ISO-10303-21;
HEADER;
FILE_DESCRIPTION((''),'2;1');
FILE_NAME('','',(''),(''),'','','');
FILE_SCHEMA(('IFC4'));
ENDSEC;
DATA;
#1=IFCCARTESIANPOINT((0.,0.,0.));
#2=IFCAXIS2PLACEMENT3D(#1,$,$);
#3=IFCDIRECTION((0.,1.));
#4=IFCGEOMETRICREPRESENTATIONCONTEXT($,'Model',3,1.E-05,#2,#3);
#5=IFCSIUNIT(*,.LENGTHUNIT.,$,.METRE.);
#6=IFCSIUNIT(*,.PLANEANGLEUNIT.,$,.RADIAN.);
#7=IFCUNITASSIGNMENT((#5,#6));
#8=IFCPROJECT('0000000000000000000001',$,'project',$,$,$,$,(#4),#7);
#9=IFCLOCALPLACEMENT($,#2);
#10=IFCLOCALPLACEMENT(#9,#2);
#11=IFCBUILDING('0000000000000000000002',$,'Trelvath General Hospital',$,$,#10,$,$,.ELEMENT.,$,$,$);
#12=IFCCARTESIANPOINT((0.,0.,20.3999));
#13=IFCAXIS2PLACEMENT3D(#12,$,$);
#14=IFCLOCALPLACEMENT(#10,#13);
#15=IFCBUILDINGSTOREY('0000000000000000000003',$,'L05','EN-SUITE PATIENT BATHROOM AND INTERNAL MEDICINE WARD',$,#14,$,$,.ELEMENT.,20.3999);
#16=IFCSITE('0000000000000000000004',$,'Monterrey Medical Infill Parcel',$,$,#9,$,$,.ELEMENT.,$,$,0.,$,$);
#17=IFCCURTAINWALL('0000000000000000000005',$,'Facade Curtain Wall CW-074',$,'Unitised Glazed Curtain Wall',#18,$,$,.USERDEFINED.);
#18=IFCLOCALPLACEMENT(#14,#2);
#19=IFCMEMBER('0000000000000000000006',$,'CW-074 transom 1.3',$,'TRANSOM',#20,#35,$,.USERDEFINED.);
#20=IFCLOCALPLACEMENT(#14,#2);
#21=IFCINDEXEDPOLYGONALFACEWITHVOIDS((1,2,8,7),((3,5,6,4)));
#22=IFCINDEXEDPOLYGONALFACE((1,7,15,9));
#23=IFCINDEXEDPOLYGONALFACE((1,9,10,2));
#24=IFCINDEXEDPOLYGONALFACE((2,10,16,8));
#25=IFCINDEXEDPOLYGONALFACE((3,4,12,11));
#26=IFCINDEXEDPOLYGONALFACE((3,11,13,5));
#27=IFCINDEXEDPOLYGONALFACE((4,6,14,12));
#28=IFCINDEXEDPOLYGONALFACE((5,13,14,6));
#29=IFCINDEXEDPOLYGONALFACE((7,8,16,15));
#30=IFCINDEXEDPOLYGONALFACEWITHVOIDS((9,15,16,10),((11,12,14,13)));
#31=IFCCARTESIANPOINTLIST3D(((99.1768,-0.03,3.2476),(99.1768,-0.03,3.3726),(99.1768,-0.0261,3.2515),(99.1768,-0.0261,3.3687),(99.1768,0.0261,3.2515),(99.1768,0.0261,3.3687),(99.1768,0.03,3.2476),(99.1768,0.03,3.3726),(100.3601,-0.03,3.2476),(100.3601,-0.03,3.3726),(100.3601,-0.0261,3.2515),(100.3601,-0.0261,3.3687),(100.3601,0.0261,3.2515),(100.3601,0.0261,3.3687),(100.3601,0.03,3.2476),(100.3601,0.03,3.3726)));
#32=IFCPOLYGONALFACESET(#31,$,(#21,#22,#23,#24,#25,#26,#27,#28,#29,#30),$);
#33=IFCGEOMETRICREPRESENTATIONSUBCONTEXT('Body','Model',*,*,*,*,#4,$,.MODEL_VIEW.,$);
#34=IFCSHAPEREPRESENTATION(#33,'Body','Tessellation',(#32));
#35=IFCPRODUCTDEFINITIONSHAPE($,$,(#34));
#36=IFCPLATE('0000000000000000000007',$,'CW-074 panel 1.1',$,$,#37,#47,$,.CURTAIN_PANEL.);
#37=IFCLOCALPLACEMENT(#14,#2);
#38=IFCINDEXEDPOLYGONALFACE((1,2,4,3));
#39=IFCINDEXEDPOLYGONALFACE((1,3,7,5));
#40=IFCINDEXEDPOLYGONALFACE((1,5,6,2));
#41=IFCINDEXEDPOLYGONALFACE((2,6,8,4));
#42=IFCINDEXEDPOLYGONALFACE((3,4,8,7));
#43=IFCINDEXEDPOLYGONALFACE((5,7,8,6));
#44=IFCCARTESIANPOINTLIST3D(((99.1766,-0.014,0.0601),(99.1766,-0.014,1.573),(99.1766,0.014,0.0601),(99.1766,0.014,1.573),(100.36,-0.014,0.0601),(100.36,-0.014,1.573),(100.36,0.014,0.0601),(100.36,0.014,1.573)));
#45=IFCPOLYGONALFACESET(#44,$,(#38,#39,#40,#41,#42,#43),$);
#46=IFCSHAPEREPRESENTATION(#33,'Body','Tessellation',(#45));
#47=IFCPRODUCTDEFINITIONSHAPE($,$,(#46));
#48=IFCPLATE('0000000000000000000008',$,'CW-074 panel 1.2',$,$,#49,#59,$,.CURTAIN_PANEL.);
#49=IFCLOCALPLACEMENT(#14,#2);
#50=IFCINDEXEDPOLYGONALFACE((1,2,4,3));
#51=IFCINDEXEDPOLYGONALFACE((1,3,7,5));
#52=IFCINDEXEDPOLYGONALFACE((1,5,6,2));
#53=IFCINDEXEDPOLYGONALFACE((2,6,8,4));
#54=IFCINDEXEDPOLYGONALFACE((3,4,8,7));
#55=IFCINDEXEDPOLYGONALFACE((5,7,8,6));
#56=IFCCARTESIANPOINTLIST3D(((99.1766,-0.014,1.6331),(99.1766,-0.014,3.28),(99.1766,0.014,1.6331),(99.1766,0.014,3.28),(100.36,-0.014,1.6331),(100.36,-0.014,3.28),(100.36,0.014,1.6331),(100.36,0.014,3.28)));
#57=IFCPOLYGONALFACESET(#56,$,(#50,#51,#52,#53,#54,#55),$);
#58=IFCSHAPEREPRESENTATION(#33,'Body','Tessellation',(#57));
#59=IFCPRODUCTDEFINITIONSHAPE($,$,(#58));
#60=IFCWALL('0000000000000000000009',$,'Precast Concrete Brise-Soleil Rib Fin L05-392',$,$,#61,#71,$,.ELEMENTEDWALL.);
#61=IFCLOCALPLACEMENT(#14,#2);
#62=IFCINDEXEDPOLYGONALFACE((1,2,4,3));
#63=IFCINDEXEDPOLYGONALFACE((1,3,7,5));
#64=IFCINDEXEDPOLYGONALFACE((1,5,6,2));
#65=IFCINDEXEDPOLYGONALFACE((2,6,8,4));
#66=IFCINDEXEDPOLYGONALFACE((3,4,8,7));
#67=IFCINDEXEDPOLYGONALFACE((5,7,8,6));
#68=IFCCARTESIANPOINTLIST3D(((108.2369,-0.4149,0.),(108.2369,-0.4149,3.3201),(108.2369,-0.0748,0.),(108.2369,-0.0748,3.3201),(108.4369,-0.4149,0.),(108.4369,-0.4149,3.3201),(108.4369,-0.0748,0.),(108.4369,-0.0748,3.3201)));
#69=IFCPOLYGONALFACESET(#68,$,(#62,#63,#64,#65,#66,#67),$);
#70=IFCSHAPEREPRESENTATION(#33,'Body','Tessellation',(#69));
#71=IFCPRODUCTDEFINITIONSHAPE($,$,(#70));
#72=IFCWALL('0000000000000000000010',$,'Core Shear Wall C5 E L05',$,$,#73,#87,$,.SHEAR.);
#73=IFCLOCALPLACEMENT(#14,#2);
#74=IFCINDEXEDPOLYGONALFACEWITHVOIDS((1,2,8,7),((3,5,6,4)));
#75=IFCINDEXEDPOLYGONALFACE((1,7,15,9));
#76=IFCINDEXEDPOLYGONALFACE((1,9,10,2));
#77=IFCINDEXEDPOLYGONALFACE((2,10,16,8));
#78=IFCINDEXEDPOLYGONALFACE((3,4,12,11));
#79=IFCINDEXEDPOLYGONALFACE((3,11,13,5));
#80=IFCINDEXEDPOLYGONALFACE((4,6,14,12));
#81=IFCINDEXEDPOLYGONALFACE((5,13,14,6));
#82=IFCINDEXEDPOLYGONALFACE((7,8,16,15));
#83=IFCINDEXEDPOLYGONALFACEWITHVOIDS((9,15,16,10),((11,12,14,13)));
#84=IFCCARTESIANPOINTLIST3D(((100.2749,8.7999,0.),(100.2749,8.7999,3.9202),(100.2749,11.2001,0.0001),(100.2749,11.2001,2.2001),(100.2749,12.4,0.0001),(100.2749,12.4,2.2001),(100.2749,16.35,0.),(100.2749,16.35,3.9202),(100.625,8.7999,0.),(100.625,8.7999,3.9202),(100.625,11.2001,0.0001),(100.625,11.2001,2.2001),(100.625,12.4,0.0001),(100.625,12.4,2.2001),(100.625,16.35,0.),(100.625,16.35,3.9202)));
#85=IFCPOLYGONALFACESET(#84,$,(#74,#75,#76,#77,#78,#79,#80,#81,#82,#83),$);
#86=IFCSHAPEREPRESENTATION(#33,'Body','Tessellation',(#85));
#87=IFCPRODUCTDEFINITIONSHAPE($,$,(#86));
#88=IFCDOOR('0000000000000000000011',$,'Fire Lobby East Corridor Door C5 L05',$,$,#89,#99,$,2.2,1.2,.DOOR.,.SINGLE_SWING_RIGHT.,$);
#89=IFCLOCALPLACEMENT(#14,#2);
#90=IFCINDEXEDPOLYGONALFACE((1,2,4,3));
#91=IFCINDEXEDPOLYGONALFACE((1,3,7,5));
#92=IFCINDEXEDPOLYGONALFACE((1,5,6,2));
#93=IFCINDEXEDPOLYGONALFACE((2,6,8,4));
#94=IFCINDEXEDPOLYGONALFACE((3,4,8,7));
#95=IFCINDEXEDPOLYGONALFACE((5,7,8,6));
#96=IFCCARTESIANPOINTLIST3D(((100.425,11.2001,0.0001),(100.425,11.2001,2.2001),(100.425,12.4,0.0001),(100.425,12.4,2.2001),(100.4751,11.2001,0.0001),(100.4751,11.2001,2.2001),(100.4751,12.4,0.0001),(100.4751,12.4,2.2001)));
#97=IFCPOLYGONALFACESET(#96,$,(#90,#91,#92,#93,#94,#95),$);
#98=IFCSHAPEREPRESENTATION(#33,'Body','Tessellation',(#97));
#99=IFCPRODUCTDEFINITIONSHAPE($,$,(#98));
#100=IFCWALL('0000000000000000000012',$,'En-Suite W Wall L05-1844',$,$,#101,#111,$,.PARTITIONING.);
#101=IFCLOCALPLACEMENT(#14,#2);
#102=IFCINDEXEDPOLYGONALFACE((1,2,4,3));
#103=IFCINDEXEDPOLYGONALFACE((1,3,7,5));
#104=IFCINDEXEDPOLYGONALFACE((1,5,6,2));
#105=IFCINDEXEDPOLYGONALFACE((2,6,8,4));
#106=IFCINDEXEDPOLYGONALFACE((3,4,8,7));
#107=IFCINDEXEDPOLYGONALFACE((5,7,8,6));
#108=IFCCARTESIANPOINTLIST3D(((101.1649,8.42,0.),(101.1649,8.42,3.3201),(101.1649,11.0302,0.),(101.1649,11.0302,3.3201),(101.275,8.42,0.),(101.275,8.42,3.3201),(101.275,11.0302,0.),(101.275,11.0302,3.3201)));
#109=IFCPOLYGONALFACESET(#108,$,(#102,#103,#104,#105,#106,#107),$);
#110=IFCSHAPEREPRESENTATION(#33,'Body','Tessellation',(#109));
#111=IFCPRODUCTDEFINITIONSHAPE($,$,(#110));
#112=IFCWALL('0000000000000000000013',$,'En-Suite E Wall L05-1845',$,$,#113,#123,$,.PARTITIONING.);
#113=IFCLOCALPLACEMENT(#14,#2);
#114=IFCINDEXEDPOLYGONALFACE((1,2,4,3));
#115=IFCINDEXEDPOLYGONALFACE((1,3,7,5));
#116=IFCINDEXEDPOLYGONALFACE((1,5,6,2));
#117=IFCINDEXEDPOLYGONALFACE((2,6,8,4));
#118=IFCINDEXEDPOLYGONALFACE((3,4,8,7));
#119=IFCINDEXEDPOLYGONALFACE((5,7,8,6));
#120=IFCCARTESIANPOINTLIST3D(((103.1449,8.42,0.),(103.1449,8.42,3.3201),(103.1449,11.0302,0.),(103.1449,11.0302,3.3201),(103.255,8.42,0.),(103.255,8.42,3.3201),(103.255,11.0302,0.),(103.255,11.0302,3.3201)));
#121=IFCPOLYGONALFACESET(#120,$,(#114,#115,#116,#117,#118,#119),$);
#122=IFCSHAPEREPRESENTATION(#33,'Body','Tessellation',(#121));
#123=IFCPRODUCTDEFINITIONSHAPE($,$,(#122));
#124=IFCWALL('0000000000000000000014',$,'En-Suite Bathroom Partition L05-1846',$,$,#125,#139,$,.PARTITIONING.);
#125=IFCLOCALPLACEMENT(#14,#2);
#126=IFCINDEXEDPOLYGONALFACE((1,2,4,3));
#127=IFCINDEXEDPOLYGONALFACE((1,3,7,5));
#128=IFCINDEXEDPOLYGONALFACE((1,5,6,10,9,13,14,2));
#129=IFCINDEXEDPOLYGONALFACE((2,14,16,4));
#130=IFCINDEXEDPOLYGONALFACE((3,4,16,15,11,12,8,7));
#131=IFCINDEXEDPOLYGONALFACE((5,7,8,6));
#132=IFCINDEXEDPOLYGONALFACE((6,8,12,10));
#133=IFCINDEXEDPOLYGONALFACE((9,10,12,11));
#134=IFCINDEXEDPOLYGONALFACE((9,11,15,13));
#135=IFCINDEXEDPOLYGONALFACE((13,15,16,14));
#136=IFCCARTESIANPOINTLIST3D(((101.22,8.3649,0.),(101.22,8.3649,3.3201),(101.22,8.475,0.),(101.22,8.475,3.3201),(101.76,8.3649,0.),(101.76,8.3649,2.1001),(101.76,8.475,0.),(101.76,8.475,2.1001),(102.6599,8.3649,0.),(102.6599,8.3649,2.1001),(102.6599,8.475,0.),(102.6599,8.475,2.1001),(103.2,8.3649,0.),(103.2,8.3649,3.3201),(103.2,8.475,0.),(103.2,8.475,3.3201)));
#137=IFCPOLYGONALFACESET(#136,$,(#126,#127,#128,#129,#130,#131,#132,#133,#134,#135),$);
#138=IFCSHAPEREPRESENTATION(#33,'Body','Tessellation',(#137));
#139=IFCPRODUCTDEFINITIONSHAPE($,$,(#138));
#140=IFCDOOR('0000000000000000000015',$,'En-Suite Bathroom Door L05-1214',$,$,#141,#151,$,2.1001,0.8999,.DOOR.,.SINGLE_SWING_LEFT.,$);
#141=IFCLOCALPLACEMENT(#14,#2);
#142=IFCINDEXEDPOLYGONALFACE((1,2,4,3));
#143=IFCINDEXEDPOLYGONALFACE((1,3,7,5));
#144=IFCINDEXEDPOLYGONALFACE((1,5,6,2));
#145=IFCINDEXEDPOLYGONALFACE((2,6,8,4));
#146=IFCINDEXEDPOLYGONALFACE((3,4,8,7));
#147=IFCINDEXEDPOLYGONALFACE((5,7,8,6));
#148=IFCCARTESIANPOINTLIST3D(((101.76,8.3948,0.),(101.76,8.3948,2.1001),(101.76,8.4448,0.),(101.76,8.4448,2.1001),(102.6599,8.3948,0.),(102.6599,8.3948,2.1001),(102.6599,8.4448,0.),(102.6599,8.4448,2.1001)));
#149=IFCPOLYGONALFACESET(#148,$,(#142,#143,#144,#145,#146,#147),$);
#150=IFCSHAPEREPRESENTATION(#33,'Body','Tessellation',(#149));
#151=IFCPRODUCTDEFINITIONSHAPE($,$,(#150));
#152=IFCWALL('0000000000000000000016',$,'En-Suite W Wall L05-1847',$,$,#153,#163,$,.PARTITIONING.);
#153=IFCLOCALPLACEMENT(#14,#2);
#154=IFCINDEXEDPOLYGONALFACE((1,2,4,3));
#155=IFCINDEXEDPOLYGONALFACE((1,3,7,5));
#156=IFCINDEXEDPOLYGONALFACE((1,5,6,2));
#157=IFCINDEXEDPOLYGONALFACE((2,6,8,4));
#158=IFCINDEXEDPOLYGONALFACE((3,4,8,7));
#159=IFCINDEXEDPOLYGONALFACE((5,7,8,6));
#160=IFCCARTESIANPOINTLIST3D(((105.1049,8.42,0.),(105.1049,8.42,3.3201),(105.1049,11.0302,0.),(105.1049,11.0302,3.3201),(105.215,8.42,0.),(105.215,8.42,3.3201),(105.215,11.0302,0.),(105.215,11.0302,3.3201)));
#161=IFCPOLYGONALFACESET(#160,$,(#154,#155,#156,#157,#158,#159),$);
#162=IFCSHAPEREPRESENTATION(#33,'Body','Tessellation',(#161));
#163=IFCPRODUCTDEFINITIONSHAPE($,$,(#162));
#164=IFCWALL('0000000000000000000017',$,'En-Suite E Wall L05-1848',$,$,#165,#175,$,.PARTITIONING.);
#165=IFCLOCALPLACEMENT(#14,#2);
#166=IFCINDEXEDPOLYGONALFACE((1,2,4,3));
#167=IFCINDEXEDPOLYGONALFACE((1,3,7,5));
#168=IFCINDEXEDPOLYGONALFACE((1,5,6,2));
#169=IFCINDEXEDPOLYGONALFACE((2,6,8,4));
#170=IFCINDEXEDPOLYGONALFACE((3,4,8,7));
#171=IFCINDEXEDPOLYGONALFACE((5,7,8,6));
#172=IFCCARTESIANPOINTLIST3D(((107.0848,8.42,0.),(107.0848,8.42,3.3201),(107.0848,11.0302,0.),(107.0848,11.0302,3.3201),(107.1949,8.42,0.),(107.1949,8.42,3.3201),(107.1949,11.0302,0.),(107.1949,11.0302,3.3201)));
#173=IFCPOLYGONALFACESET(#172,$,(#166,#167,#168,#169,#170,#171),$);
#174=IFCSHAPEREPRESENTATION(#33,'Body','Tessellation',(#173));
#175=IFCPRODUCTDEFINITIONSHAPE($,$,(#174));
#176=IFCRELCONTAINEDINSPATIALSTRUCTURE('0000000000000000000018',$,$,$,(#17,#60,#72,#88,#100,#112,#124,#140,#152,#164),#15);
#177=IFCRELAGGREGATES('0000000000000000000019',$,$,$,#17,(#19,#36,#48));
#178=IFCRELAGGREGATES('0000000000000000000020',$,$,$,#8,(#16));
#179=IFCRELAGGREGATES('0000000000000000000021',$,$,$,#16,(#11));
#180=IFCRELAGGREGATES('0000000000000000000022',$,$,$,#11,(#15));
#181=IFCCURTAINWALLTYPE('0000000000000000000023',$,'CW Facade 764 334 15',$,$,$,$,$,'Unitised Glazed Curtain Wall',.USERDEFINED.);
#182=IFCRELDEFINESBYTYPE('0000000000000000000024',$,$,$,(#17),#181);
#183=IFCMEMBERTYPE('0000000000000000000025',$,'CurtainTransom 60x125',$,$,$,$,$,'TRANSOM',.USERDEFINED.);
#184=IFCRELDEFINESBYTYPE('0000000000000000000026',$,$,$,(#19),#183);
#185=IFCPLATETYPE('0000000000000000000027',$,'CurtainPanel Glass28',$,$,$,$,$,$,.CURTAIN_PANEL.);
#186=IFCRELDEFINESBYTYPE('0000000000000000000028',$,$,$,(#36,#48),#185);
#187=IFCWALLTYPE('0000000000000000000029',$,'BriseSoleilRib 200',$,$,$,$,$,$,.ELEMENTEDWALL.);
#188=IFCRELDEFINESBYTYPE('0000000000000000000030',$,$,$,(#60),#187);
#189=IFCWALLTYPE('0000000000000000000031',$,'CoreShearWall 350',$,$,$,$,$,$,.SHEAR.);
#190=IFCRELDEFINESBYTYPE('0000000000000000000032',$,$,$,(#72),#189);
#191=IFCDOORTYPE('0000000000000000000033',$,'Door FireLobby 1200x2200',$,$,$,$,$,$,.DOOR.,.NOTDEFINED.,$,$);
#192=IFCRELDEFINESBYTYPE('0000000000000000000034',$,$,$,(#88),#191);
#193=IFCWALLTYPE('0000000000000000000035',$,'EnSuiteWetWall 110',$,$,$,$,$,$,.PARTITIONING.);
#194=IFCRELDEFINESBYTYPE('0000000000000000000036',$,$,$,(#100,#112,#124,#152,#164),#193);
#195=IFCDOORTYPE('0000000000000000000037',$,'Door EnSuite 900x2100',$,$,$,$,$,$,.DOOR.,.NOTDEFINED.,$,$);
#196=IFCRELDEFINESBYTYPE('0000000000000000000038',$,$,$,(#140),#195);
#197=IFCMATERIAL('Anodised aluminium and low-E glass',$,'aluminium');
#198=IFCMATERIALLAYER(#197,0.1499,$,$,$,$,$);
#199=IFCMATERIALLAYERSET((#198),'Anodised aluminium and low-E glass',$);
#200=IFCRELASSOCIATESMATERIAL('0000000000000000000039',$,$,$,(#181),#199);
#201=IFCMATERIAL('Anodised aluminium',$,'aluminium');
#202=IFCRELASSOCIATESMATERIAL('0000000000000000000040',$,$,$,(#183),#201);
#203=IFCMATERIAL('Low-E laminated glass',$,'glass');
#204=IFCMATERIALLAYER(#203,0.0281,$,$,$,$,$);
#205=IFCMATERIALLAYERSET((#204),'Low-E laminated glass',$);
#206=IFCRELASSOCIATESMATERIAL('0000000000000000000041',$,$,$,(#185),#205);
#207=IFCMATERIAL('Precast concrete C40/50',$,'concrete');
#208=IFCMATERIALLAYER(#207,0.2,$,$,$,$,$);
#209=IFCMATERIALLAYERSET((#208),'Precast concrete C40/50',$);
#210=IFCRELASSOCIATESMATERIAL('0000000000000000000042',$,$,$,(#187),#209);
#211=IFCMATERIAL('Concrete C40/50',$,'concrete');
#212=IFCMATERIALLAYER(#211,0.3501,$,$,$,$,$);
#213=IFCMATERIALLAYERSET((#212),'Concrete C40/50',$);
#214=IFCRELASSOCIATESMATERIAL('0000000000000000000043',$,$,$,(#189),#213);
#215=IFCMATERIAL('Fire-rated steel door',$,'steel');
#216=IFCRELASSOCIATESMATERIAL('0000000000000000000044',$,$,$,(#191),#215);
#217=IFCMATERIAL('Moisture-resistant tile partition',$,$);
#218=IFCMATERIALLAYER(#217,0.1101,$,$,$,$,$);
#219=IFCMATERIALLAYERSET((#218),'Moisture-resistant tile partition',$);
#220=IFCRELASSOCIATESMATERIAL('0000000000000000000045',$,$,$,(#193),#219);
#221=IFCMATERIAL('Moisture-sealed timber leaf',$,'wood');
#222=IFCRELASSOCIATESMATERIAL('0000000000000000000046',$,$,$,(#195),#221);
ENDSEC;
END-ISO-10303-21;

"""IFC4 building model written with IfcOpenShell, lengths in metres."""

from ifc_helpers import new_model, si_unit, direction, frame, frame_2d, origin, origin_2d, place, context, subcontext, project, spatial, rectangle, hollow_rectangle, extrude, material, layer, layer_set, material_profile, profile_set, type_object, element, fill, aggregate, save


model = new_model("IFC4")

# Units and contexts
model_context = context("Model", 3, precision=1e-05, world=origin(), true_north=direction((0.0, 1.0)))
body_context = subcontext(model_context, "Body", "Model", "MODEL_VIEW")
ifc_project = project(units=[si_unit("LENGTHUNIT", "METRE"), si_unit("PLANEANGLEUNIT", "RADIAN")], contexts=[model_context])

# Site, building, storey
site_placement = place(None, origin())
site = spatial("IfcSite", under=ifc_project, at=site_placement, Name="Monterrey Medical Infill Parcel", CompositionType="ELEMENT", RefElevation=0.0)
building_placement = place(site_placement, origin())
building = spatial("IfcBuilding", under=site, at=building_placement, Name="Trelvath General Hospital", CompositionType="ELEMENT")
storey_placement = place(building_placement, frame((0.0, 0.0, 20.3999)))
storey = spatial("IfcBuildingStorey", under=building, at=storey_placement, Name="L05", Description="EN-SUITE PATIENT BATHROOM AND INTERNAL MEDICINE WARD", CompositionType="ELEMENT", Elevation=20.3999)

# Curtain wall, member, plates
ifc_material_1 = material(Name="Anodised aluminium and low-E glass", Category="aluminium")
ifc_layer_1 = layer(ifc_material_1, 0.1499)
ifc_layer_set_1 = layer_set([ifc_layer_1], Name="Anodised aluminium and low-E glass")
curtain_wall_type = type_object("IfcCurtainWallType", Name="CW Facade 764 334 15", ElementType="Unitised Glazed Curtain Wall", PredefinedType="USERDEFINED", material=ifc_layer_set_1)
curtain_wall_placement = place(storey_placement, origin())
curtain_wall = element("IfcCurtainWall", 1, at=curtain_wall_placement, inside=storey, type_object=curtain_wall_type, Name="Facade Curtain Wall CW-074", ObjectType="Unitised Glazed Curtain Wall", PredefinedType="USERDEFINED")
ifc_material_2 = material(Name="Anodised aluminium", Category="aluminium")
ifc_material_profile_1 = material_profile(ifc_material_2, hollow_rectangle(XDim=0.0601, YDim=0.125, WallThickness=0.0039, at=origin_2d()), Name="RHS60x125x4")
ifc_profile_set_1 = profile_set([ifc_material_profile_1], Name="Anodised aluminium")
member_type_1 = type_object("IfcMemberType", Name="CurtainTransom 60x125", ElementType="TRANSOM", PredefinedType="USERDEFINED", material=ifc_profile_set_1)
member_1_placement = place(storey_placement, frame((100.3601, 0.0, 3.3101), z_axis=(-1.0, 0.0, 0.0), x_axis=(0.0, -1.0, 0.0)))
member_1 = element("IfcMember", 2, at=member_1_placement, type_object=member_type_1, Name="CW-074 transom 1.3", ObjectType="TRANSOM", PredefinedType="USERDEFINED", context=body_context, shape_type="SweptSolid", body=[
    extrude(hollow_rectangle(XDim=0.0601, YDim=0.125, WallThickness=0.0039, at=origin_2d()), origin(), (0.0, 0.0, 1.0), 1.1833),
])
ifc_material_3 = material(Name="Low-E laminated glass", Category="glass")
ifc_layer_2 = layer(ifc_material_3, 0.0281)
ifc_layer_set_2 = layer_set([ifc_layer_2], Name="Low-E laminated glass")
plate_type = type_object("IfcPlateType", Name="CurtainPanel Glass28", PredefinedType="CURTAIN_PANEL", material=ifc_layer_set_2)
plate_1_placement = place(storey_placement, frame((99.7683, 0.0, 0.0601), z_axis=(0.0, 0.0, 1.0), x_axis=(-1.0, 0.0, 0.0)))
plate_1 = element("IfcPlate", 3, at=plate_1_placement, type_object=plate_type, Name="CW-074 panel 1.1", PredefinedType="CURTAIN_PANEL", context=body_context, shape_type="SweptSolid", body=[
    extrude(rectangle(XDim=1.1833, YDim=0.0281, at=origin_2d()), origin(), (0.0, 0.0, 1.0), 1.5129),
])
plate_2_placement = place(storey_placement, frame((99.7683, 0.0, 1.6331), z_axis=(0.0, 0.0, 1.0), x_axis=(-1.0, 0.0, 0.0)))
plate_2 = element("IfcPlate", 4, at=plate_2_placement, type_object=plate_type, Name="CW-074 panel 1.2", PredefinedType="CURTAIN_PANEL", context=body_context, shape_type="SweptSolid", body=[
    extrude(rectangle(XDim=1.1833, YDim=0.0281, at=origin_2d()), origin(), (0.0, 0.0, 1.0), 1.647),
])
aggregate(curtain_wall, [member_1, plate_1, plate_2])

# Wall
ifc_material_4 = material(Name="Precast concrete C40/50", Category="concrete")
ifc_layer_3 = layer(ifc_material_4, 0.2)
ifc_layer_set_3 = layer_set([ifc_layer_3], Name="Precast concrete C40/50")
wall_type_1 = type_object("IfcWallType", Name="BriseSoleilRib 200", PredefinedType="ELEMENTEDWALL", material=ifc_layer_set_3)
wall_1_placement = place(storey_placement, frame((108.3369, -0.075, 0.0), z_axis=(0.0, 0.0, 1.0), x_axis=(0.0, -1.0, 0.0)))
element("IfcWall", 5, at=wall_1_placement, inside=storey, type_object=wall_type_1, Name="Precast Concrete Brise-Soleil Rib Fin L05-392", PredefinedType="ELEMENTEDWALL", context=body_context, shape_type="SweptSolid", body=[
    extrude(rectangle(XDim=0.3401, YDim=0.2, at=frame_2d((0.1699, 0.0))), origin(), (0.0, 0.0, 1.0), 3.3201),
])

# Wall, opening, door
ifc_material_5 = material(Name="Concrete C40/50", Category="concrete")
ifc_layer_4 = layer(ifc_material_5, 0.3501)
ifc_layer_set_4 = layer_set([ifc_layer_4], Name="Concrete C40/50")
wall_type_2 = type_object("IfcWallType", Name="CoreShearWall 350", PredefinedType="SHEAR", material=ifc_layer_set_4)
wall_2_placement = place(storey_placement, frame((100.45, 8.8, 0.0), z_axis=(0.0, 0.0, 1.0), x_axis=(0.0, 1.0, 0.0)))
wall_2 = element("IfcWall", 6, at=wall_2_placement, inside=storey, type_object=wall_type_2, Name="Core Shear Wall C5 E L05", PredefinedType="SHEAR", context=body_context, shape_type="SweptSolid", body=[
    extrude(rectangle(XDim=7.55, YDim=0.3501, at=frame_2d((3.7749, 0.0))), origin(), (0.0, 0.0, 1.0), 3.9202),
])
opening_1_placement = place(wall_2_placement, frame((2.3999, 0.0, 0.0)))
opening_1 = element("IfcOpeningElement", 7, at=opening_1_placement, cuts=wall_2, PredefinedType="OPENING", context=body_context, shape_type="SweptSolid", body=[
    extrude(rectangle(XDim=1.2, YDim=2.2, at=frame_2d((0.6001, 1.1001))), frame((0.0, 0.1851, 0.0), z_axis=(0.0, -1.0, 0.0), x_axis=(1.0, 0.0, 0.0)), (0.0, 0.0, 1.0), 0.3701),
])
ifc_material_6 = material(Name="Fire-rated steel door", Category="steel")
door_type_1 = type_object("IfcDoorType", Name="Door FireLobby 1200x2200", OperationType="NOTDEFINED", PredefinedType="DOOR", material=ifc_material_6)
door_1_placement = place(opening_1_placement, origin())
door_1 = element("IfcDoor", 8, at=door_1_placement, inside=storey, type_object=door_type_1, Name="Fire Lobby East Corridor Door C5 L05", OperationType="SINGLE_SWING_RIGHT", OverallHeight=2.2, OverallWidth=1.2, PredefinedType="DOOR", context=body_context, shape_type="SweptSolid", body=[
    extrude(rectangle(XDim=1.2, YDim=2.2, at=frame_2d((0.6001, 1.1001))), frame((0.0, 0.0249, 0.0), z_axis=(0.0, -1.0, 0.0), x_axis=(1.0, 0.0, 0.0)), (0.0, 0.0, 1.0), 0.05),
])
fill(opening_1, door_1)

# Walls
ifc_material_7 = material(Name="Moisture-resistant tile partition")
ifc_layer_5 = layer(ifc_material_7, 0.1101)
ifc_layer_set_5 = layer_set([ifc_layer_5], Name="Moisture-resistant tile partition")
wall_type_3 = type_object("IfcWallType", Name="EnSuiteWetWall 110", PredefinedType="PARTITIONING", material=ifc_layer_set_5)
for number, where, z_axis, x_axis, name in (
    (9, (101.22, 8.4199, 0.0), (0.0, 0.0, 1.0), (0.0, 1.0, 0.0), "En-Suite W Wall L05-1844"),
    (10, (103.2, 8.4199, 0.0), (0.0, 0.0, 1.0), (0.0, 1.0, 0.0), "En-Suite E Wall L05-1845"),
):
    element("IfcWall", number, at=place(storey_placement, frame(where, z_axis=z_axis, x_axis=x_axis)), inside=storey, type_object=wall_type_3, Name=name, PredefinedType="PARTITIONING", context=body_context, shape_type="SweptSolid", body=[
        extrude(rectangle(XDim=2.6101, YDim=0.1101, at=frame_2d((1.3052, 0.0))), origin(), (0.0, 0.0, 1.0), 3.3201),
    ])

# Wall, opening, door
wall_3_placement = place(storey_placement, frame((101.22, 8.4199, 0.0), z_axis=(0.0, 0.0, 1.0), x_axis=(1.0, 0.0, 0.0)))
wall_3 = element("IfcWall", 11, at=wall_3_placement, inside=storey, type_object=wall_type_3, Name="En-Suite Bathroom Partition L05-1846", PredefinedType="PARTITIONING", context=body_context, shape_type="SweptSolid", body=[
    extrude(rectangle(XDim=1.98, YDim=0.1101, at=frame_2d((0.99, 0.0))), origin(), (0.0, 0.0, 1.0), 3.3201),
])
opening_2_placement = place(wall_3_placement, frame((0.54, 0.0, 0.0)))
opening_2 = element("IfcOpeningElement", 12, at=opening_2_placement, cuts=wall_3, PredefinedType="OPENING", context=body_context, shape_type="SweptSolid", body=[
    extrude(rectangle(XDim=0.8999, YDim=2.1001, at=frame_2d((0.45, 1.05))), frame((0.0, 0.0649, 0.0), z_axis=(0.0, -1.0, 0.0), x_axis=(1.0, 0.0, 0.0)), (0.0, 0.0, 1.0), 0.1301),
])
ifc_material_8 = material(Name="Moisture-sealed timber leaf", Category="wood")
door_type_2 = type_object("IfcDoorType", Name="Door EnSuite 900x2100", OperationType="NOTDEFINED", PredefinedType="DOOR", material=ifc_material_8)
door_2_placement = place(opening_2_placement, origin())
door_2 = element("IfcDoor", 13, at=door_2_placement, inside=storey, type_object=door_type_2, Name="En-Suite Bathroom Door L05-1214", OperationType="SINGLE_SWING_LEFT", OverallHeight=2.1001, OverallWidth=0.8999, PredefinedType="DOOR", context=body_context, shape_type="SweptSolid", body=[
    extrude(rectangle(XDim=0.8999, YDim=2.1001, at=frame_2d((0.45, 1.05))), frame((0.0, 0.0249, 0.0), z_axis=(0.0, -1.0, 0.0), x_axis=(1.0, 0.0, 0.0)), (0.0, 0.0, 1.0), 0.05),
])
fill(opening_2, door_2)

# Walls
for number, where, z_axis, x_axis, name in (
    (14, (105.1599, 8.4199, 0.0), (0.0, 0.0, 1.0), (0.0, 1.0, 0.0), "En-Suite W Wall L05-1847"),
    (15, (107.1399, 8.4199, 0.0), (0.0, 0.0, 1.0), (0.0, 1.0, 0.0), "En-Suite E Wall L05-1848"),
):
    element("IfcWall", number, at=place(storey_placement, frame(where, z_axis=z_axis, x_axis=x_axis)), inside=storey, type_object=wall_type_3, Name=name, PredefinedType="PARTITIONING", context=body_context, shape_type="SweptSolid", body=[
        extrude(rectangle(XDim=2.6101, YDim=0.1101, at=frame_2d((1.3052, 0.0))), origin(), (0.0, 0.0, 1.0), 3.3201),
    ])

save(model, "model.ifc")
